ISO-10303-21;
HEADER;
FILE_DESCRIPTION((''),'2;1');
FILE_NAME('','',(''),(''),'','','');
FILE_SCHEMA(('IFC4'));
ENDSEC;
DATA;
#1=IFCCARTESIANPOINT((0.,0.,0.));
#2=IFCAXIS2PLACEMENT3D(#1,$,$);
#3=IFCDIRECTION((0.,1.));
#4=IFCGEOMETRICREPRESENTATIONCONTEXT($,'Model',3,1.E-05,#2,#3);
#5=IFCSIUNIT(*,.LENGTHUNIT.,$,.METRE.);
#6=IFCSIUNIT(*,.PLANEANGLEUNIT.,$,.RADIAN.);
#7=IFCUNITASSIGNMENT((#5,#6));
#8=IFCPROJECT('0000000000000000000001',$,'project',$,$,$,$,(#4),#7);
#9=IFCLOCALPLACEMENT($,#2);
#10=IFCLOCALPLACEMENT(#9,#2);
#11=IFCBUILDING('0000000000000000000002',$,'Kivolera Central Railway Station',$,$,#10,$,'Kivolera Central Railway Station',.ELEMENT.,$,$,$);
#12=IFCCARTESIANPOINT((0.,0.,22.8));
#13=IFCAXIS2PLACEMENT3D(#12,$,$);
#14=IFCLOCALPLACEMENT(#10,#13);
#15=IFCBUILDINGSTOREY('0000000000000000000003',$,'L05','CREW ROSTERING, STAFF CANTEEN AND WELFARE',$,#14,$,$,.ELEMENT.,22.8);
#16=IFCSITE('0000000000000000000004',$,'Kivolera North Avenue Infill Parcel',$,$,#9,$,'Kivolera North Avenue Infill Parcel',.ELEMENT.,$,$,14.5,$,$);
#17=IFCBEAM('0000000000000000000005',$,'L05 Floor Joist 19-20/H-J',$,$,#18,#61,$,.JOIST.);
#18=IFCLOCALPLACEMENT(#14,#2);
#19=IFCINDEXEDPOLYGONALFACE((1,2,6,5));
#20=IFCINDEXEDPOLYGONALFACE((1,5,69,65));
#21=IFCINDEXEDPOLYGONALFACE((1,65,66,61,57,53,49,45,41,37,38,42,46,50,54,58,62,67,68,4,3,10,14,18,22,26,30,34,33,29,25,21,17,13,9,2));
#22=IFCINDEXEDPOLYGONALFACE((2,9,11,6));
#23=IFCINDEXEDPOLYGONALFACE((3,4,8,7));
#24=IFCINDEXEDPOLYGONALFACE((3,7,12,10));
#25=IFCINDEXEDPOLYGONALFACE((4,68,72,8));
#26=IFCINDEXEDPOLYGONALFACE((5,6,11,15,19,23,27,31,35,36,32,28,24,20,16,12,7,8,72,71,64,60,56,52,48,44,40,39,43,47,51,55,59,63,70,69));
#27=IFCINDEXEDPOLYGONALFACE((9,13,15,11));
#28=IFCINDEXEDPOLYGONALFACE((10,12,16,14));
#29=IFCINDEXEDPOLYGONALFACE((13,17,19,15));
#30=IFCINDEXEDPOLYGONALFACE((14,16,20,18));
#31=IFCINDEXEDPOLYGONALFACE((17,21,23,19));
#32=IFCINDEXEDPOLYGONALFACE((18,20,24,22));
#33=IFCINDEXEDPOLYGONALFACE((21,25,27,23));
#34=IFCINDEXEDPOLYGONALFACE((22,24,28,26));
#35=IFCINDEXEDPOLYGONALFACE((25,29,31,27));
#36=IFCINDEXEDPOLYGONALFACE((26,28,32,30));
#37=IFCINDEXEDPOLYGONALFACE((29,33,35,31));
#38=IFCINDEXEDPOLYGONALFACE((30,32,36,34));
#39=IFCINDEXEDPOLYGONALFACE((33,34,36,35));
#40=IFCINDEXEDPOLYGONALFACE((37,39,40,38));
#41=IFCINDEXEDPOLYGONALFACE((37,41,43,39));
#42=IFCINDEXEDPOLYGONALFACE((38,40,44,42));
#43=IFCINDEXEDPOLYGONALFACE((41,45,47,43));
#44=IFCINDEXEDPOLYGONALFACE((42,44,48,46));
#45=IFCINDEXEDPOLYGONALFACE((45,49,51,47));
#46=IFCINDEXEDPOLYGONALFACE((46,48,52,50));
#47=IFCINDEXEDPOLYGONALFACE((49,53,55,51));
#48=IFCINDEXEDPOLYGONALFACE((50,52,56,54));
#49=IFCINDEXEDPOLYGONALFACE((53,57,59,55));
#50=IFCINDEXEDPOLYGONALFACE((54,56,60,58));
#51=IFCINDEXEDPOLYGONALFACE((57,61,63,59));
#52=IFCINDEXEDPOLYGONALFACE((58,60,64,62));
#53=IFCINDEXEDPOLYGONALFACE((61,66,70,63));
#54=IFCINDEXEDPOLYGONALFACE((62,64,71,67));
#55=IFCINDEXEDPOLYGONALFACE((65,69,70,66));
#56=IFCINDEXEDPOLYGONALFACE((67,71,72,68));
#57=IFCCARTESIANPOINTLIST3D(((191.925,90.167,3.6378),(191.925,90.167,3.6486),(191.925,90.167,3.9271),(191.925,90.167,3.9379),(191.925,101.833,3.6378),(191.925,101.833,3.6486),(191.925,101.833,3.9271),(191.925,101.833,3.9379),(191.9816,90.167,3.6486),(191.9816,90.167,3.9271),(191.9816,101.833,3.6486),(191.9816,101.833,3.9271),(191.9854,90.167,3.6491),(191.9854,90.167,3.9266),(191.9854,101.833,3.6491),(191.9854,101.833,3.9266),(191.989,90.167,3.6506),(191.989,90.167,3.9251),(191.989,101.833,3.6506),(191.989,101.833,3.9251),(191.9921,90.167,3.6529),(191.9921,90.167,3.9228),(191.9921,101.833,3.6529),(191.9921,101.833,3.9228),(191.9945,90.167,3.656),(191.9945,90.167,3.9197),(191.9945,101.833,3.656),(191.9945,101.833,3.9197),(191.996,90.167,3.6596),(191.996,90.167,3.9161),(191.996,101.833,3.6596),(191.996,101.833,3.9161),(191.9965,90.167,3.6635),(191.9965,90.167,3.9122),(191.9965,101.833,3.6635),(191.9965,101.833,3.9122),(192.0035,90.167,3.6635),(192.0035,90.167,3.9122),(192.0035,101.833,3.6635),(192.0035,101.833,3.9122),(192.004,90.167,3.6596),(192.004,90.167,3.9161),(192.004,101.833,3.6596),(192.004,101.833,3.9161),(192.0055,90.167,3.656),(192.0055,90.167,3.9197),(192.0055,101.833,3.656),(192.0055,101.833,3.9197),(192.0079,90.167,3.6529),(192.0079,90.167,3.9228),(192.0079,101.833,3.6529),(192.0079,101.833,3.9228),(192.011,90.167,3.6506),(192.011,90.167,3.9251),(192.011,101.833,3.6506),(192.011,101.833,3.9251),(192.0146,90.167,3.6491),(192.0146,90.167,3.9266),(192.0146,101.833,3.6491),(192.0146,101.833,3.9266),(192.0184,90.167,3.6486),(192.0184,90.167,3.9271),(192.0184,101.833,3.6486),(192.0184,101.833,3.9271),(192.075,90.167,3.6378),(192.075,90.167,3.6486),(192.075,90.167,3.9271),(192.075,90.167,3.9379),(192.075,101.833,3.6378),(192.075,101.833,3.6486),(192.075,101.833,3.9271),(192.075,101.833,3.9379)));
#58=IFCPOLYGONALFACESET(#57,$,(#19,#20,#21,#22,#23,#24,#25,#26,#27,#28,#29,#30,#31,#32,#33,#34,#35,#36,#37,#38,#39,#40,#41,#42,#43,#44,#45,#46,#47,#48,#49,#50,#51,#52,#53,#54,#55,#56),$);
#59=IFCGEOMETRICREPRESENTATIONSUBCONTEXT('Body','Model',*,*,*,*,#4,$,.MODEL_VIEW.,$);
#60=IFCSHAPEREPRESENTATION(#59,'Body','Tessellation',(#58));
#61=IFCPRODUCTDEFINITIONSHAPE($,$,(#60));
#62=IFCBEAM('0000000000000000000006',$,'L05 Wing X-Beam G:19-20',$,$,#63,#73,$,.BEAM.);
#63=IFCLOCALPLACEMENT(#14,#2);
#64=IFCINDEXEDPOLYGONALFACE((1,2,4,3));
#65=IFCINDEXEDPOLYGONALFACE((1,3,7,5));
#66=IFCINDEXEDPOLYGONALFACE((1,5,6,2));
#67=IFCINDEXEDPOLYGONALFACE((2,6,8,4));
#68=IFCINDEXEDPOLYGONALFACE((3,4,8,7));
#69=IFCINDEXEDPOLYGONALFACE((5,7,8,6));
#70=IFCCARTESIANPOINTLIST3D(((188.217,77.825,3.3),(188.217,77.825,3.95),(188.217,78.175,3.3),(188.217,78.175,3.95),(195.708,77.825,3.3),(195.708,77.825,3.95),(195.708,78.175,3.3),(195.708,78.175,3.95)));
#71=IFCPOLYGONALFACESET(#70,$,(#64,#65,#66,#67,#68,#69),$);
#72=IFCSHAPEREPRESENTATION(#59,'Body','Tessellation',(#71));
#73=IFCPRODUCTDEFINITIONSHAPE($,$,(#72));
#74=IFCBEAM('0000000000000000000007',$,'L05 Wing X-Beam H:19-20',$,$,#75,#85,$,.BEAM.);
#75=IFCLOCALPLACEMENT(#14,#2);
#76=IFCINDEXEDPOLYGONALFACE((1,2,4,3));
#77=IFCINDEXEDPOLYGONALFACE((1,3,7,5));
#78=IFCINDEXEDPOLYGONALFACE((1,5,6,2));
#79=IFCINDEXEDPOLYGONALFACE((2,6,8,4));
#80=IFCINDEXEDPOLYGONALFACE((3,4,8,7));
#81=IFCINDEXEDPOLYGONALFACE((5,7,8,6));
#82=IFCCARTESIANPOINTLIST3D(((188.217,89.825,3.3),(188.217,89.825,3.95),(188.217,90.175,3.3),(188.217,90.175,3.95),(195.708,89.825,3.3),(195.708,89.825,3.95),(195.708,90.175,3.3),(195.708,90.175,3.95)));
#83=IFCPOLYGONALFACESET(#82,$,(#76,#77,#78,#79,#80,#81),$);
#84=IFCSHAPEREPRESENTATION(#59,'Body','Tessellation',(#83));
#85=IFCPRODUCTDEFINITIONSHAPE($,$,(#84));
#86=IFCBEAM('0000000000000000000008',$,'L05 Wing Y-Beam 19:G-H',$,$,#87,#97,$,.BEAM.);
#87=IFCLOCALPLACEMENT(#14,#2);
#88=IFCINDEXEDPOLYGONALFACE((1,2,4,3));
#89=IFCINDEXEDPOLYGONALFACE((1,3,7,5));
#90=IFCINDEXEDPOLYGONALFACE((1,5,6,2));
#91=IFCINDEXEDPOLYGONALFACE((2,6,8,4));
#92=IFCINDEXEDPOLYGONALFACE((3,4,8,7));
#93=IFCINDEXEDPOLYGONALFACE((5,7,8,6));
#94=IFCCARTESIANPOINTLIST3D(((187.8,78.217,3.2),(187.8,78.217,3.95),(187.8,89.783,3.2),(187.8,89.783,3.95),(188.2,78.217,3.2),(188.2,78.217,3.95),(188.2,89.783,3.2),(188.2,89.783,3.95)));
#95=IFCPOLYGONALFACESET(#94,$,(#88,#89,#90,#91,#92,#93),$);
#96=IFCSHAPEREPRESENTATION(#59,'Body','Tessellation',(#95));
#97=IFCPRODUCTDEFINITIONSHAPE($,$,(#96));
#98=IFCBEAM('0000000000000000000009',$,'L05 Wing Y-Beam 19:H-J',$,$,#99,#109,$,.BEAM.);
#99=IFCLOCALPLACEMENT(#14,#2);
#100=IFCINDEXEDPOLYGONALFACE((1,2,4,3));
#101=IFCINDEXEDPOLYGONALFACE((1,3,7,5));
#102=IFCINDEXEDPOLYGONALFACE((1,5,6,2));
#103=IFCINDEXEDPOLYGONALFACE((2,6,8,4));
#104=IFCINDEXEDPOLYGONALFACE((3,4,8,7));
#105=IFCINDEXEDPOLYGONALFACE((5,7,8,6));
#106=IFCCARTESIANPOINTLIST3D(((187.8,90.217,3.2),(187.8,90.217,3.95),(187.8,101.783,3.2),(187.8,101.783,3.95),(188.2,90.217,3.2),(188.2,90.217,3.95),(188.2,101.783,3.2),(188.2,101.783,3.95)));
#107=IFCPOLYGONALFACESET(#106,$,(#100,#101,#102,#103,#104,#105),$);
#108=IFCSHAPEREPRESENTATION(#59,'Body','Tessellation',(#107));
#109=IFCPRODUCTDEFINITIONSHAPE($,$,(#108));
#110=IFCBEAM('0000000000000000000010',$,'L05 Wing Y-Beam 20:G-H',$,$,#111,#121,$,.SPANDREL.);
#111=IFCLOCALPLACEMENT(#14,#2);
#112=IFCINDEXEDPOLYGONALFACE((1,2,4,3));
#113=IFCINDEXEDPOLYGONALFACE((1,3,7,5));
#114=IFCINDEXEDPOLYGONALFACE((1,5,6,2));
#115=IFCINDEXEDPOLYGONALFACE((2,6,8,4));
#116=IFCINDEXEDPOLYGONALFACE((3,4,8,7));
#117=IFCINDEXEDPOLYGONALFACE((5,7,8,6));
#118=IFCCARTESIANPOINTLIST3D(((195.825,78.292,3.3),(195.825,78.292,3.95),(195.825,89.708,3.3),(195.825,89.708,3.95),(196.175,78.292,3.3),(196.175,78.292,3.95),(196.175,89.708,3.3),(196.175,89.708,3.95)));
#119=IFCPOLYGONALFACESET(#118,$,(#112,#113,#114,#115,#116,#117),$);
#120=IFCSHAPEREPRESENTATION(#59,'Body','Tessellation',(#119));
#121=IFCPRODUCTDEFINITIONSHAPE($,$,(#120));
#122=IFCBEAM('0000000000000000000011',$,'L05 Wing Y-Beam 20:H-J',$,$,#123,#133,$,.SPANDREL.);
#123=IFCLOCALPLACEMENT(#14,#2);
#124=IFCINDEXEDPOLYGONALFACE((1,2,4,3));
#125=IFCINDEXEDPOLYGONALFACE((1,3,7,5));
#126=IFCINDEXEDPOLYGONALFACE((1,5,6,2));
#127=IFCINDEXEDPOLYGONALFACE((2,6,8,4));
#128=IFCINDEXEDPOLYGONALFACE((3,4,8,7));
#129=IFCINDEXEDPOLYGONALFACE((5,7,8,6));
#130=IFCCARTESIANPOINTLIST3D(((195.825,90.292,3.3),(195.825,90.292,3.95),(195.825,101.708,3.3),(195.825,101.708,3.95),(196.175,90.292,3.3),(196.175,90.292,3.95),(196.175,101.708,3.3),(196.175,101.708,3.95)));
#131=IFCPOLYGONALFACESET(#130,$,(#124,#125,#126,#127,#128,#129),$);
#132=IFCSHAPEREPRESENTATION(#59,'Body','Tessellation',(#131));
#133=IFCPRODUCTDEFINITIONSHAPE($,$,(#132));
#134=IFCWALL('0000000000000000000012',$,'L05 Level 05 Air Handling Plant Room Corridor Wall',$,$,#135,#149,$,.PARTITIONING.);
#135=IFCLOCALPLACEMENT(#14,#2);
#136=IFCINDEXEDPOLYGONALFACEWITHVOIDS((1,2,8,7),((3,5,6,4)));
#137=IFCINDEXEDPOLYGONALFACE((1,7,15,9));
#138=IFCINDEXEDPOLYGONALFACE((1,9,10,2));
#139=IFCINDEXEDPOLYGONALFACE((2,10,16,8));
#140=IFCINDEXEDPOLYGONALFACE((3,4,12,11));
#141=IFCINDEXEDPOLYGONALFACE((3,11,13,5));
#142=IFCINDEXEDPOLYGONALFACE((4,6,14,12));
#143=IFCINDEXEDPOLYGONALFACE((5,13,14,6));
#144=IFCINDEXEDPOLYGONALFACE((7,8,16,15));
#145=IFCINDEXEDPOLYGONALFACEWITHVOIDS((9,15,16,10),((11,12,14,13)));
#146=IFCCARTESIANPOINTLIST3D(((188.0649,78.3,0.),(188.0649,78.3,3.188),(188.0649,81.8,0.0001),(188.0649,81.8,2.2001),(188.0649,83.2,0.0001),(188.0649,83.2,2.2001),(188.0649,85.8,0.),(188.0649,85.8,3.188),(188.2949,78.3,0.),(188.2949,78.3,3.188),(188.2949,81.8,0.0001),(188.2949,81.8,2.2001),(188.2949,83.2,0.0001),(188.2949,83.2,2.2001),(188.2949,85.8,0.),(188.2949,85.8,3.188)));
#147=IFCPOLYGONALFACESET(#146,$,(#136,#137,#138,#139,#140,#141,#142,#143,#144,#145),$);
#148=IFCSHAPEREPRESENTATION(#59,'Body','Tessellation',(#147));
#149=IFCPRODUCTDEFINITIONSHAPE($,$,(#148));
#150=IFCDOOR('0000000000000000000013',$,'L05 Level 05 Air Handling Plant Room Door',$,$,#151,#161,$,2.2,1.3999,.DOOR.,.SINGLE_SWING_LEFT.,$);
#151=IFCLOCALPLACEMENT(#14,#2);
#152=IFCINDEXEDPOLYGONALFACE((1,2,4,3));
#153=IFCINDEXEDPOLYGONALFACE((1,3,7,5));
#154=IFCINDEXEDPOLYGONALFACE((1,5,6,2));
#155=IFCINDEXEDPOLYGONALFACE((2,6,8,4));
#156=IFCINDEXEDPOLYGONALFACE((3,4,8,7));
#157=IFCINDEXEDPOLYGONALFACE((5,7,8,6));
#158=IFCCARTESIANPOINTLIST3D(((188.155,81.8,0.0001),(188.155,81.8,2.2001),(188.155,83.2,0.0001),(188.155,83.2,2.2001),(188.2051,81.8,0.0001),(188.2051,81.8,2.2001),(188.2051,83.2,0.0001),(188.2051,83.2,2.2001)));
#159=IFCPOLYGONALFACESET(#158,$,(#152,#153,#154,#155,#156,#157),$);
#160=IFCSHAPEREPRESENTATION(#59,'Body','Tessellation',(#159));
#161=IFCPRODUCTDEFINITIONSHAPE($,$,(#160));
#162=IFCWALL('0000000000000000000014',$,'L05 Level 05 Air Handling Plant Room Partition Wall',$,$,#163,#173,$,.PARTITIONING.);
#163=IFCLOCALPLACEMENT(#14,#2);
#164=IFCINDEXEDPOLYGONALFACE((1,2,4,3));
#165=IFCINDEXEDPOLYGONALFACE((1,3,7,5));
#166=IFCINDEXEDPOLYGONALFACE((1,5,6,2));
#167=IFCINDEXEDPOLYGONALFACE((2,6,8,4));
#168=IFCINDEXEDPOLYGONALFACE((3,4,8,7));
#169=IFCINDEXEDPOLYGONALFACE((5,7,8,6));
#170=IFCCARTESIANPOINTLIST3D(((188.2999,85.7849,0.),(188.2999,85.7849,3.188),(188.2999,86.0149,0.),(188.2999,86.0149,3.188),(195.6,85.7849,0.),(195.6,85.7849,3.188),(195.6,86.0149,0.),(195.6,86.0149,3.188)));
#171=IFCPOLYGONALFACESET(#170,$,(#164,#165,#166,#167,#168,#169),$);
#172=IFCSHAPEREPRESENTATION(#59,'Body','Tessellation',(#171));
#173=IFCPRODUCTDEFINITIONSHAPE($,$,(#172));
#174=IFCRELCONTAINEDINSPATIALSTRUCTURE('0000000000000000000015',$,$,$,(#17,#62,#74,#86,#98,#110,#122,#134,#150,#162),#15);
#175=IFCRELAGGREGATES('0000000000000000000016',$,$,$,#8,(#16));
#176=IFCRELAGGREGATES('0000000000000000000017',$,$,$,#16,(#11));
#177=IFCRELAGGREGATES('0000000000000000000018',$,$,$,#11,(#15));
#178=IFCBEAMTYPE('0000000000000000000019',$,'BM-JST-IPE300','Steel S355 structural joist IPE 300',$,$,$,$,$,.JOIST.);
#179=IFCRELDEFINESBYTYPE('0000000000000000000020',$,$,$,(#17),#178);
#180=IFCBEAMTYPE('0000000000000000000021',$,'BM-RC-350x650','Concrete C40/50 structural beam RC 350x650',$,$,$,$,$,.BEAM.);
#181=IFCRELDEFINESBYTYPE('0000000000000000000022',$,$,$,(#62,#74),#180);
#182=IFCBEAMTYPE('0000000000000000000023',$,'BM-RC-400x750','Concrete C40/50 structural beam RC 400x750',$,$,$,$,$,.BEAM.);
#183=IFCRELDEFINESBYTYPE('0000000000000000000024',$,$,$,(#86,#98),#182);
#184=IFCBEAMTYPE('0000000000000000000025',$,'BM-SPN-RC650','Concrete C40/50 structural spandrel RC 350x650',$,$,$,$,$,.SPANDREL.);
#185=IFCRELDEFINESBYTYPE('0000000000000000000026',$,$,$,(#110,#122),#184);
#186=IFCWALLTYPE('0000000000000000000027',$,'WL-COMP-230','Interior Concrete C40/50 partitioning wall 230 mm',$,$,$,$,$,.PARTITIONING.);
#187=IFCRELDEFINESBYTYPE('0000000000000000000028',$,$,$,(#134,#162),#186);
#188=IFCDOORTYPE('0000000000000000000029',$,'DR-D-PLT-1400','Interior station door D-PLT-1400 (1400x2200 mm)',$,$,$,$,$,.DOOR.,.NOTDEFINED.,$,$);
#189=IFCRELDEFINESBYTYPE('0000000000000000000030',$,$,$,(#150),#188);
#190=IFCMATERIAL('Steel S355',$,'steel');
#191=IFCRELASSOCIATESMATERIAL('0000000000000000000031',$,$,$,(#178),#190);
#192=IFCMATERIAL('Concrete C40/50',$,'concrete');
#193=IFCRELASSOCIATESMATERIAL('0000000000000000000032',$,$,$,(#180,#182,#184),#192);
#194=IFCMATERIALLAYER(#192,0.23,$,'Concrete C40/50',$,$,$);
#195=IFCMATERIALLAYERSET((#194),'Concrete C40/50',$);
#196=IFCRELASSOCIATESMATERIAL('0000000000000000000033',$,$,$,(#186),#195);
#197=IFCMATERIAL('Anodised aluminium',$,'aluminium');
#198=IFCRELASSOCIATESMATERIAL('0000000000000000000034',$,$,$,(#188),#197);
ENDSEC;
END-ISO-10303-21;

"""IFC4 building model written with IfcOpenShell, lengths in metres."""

from ifc_helpers import new_model, si_unit, direction, frame, frame_2d, origin, origin_2d, place, context, subcontext, project, spatial, rectangle, i_section, extrude, material, layer, layer_set, material_profile, profile_set, type_object, element, fill, save


model = new_model("IFC4")

# Units and contexts
model_context = context("Model", 3, precision=1e-05, world=origin(), true_north=direction((0.0, 1.0)))
body_context = subcontext(model_context, "Body", "Model", "MODEL_VIEW")
ifc_project = project(units=[si_unit("LENGTHUNIT", "METRE"), si_unit("PLANEANGLEUNIT", "RADIAN")], contexts=[model_context])

# Site, building, storey
site_placement = place(None, origin())
site = spatial("IfcSite", under=ifc_project, at=site_placement, Name="Kivolera North Avenue Infill Parcel", LongName="Kivolera North Avenue Infill Parcel", CompositionType="ELEMENT", RefElevation=14.5)
building_placement = place(site_placement, origin())
building = spatial("IfcBuilding", under=site, at=building_placement, Name="Kivolera Central Railway Station", LongName="Kivolera Central Railway Station", CompositionType="ELEMENT")
storey_placement = place(building_placement, frame((0.0, 0.0, 22.8)))
storey = spatial("IfcBuildingStorey", under=building, at=storey_placement, Name="L05", Description="CREW ROSTERING, STAFF CANTEEN AND WELFARE", CompositionType="ELEMENT", Elevation=22.8)

# Shared definitions
ifc_material_1 = material(Name="Concrete C40/50", Category="concrete")

# Beams
ifc_material_2 = material(Name="Steel S355", Category="steel")
ifc_material_profile_1 = material_profile(ifc_material_2, i_section(OverallWidth=0.1499, OverallDepth=0.3, WebThickness=0.0071, FlangeThickness=0.0107, FilletRadius=0.0149, at=origin_2d()), Name="IPE 300")
ifc_profile_set_1 = profile_set([ifc_material_profile_1], Name="Steel S355")
beam_type_1 = type_object("IfcBeamType", Name="BM-JST-IPE300", Description="Steel S355 structural joist IPE 300", PredefinedType="JOIST", material=ifc_profile_set_1)
for number, where, z_axis, x_axis, name in (
    (1, (192.0, 90.167, 3.7878), (0.0, 1.0, 0.0), (-1.0, 0.0, 0.0), "L05 Floor Joist 19-20/H-J"),
):
    element("IfcBeam", number, at=place(storey_placement, frame(where, z_axis=z_axis, x_axis=x_axis)), inside=storey, type_object=beam_type_1, Name=name, PredefinedType="JOIST", context=body_context, shape_type="SweptSolid", body=[
        extrude(i_section(OverallWidth=0.1499, OverallDepth=0.3, WebThickness=0.0071, FlangeThickness=0.0107, FilletRadius=0.0149, at=origin_2d()), origin(), (0.0, 0.0, 1.0), 11.666),
    ])
ifc_material_profile_2 = material_profile(ifc_material_1, rectangle(XDim=0.3501, YDim=0.6499, at=origin_2d()), Name="RC 350x650")
ifc_profile_set_2 = profile_set([ifc_material_profile_2], Name="Concrete C40/50")
beam_type_2 = type_object("IfcBeamType", Name="BM-RC-350x650", Description="Concrete C40/50 structural beam RC 350x650", PredefinedType="BEAM", material=ifc_profile_set_2)
for number, where, z_axis, x_axis, name in (
    (2, (188.217, 78.0, 3.625), (1.0, 0.0, 0.0), (0.0, 1.0, 0.0), "L05 Wing X-Beam G:19-20"),
    (3, (188.217, 90.0, 3.625), (1.0, 0.0, 0.0), (0.0, 1.0, 0.0), "L05 Wing X-Beam H:19-20"),
):
    element("IfcBeam", number, at=place(storey_placement, frame(where, z_axis=z_axis, x_axis=x_axis)), inside=storey, type_object=beam_type_2, Name=name, PredefinedType="BEAM", context=body_context, shape_type="SweptSolid", body=[
        extrude(rectangle(XDim=0.3501, YDim=0.6499, at=origin_2d()), origin(), (0.0, 0.0, 1.0), 7.491),
    ])
ifc_material_profile_3 = material_profile(ifc_material_1, rectangle(XDim=0.3999, YDim=0.75, at=origin_2d()), Name="RC 400x750")
ifc_profile_set_3 = profile_set([ifc_material_profile_3], Name="Concrete C40/50")
beam_type_3 = type_object("IfcBeamType", Name="BM-RC-400x750", Description="Concrete C40/50 structural beam RC 400x750", PredefinedType="BEAM", material=ifc_profile_set_3)
for number, where, z_axis, x_axis, name in (
    (4, (188.0, 78.217, 3.575), (0.0, 1.0, 0.0), (-1.0, 0.0, 0.0), "L05 Wing Y-Beam 19:G-H"),
    (5, (188.0, 90.217, 3.575), (0.0, 1.0, 0.0), (-1.0, 0.0, 0.0), "L05 Wing Y-Beam 19:H-J"),
):
    element("IfcBeam", number, at=place(storey_placement, frame(where, z_axis=z_axis, x_axis=x_axis)), inside=storey, type_object=beam_type_3, Name=name, PredefinedType="BEAM", context=body_context, shape_type="SweptSolid", body=[
        extrude(rectangle(XDim=0.3999, YDim=0.75, at=origin_2d()), origin(), (0.0, 0.0, 1.0), 11.5659),
    ])
ifc_material_profile_4 = material_profile(ifc_material_1, rectangle(XDim=0.3501, YDim=0.6499, at=origin_2d()), Name="RC 350x650")
ifc_profile_set_4 = profile_set([ifc_material_profile_4], Name="Concrete C40/50")
beam_type_4 = type_object("IfcBeamType", Name="BM-SPN-RC650", Description="Concrete C40/50 structural spandrel RC 350x650", PredefinedType="SPANDREL", material=ifc_profile_set_4)
for number, where, z_axis, x_axis, name in (
    (6, (196.0, 78.292, 3.625), (0.0, 1.0, 0.0), (-1.0, 0.0, 0.0), "L05 Wing Y-Beam 20:G-H"),
    (7, (196.0, 90.292, 3.625), (0.0, 1.0, 0.0), (-1.0, 0.0, 0.0), "L05 Wing Y-Beam 20:H-J"),
):
    element("IfcBeam", number, at=place(storey_placement, frame(where, z_axis=z_axis, x_axis=x_axis)), inside=storey, type_object=beam_type_4, Name=name, PredefinedType="SPANDREL", context=body_context, shape_type="SweptSolid", body=[
        extrude(rectangle(XDim=0.3501, YDim=0.6499, at=origin_2d()), origin(), (0.0, 0.0, 1.0), 11.416),
    ])

# Wall, opening, door
ifc_layer_1 = layer(ifc_material_1, 0.23, Name="Concrete C40/50")
ifc_layer_set_1 = layer_set([ifc_layer_1], Name="Concrete C40/50")
wall_type_1 = type_object("IfcWallType", Name="WL-COMP-230", Description="Interior Concrete C40/50 partitioning wall 230 mm", PredefinedType="PARTITIONING", material=ifc_layer_set_1)
wall_1_placement = place(storey_placement, frame((188.1799, 78.3, 0.0), z_axis=(0.0, 0.0, 1.0), x_axis=(0.0, 1.0, 0.0)))
wall_1 = element("IfcWall", 8, at=wall_1_placement, inside=storey, type_object=wall_type_1, Name="L05 Level 05 Air Handling Plant Room Corridor Wall", PredefinedType="PARTITIONING", context=body_context, shape_type="SweptSolid", body=[
    extrude(rectangle(XDim=7.5, YDim=0.23, at=frame_2d((3.75, 0.0))), origin(), (0.0, 0.0, 1.0), 3.188),
])
opening_1_placement = place(wall_1_placement, frame((3.5, 0.0, 0.0)))
opening_1 = element("IfcOpeningElement", 9, at=opening_1_placement, cuts=wall_1, PredefinedType="OPENING", context=body_context, shape_type="SweptSolid", body=[
    extrude(rectangle(XDim=1.3999, YDim=2.2, at=frame_2d((0.7, 1.1001))), frame((0.0, 0.125, 0.0), z_axis=(0.0, -1.0, 0.0), x_axis=(1.0, 0.0, 0.0)), (0.0, 0.0, 1.0), 0.25),
])
ifc_material_3 = material(Name="Anodised aluminium", Category="aluminium")
door_type_1 = type_object("IfcDoorType", Name="DR-D-PLT-1400", Description="Interior station door D-PLT-1400 (1400x2200 mm)", OperationType="NOTDEFINED", PredefinedType="DOOR", material=ifc_material_3)
door_1_placement = place(opening_1_placement, origin())
door_1 = element("IfcDoor", 10, at=door_1_placement, inside=storey, type_object=door_type_1, Name="L05 Level 05 Air Handling Plant Room Door", OperationType="SINGLE_SWING_LEFT", OverallHeight=2.2, OverallWidth=1.3999, PredefinedType="DOOR", context=body_context, shape_type="SweptSolid", body=[
    extrude(rectangle(XDim=1.3999, YDim=2.2, at=frame_2d((0.7, 1.1001))), frame((0.0, 0.0249, 0.0), z_axis=(0.0, -1.0, 0.0), x_axis=(1.0, 0.0, 0.0)), (0.0, 0.0, 1.0), 0.05),
])
fill(opening_1, door_1)

# Wall
wall_2_placement = place(storey_placement, frame((188.3, 85.8999, 0.0), z_axis=(0.0, 0.0, 1.0), x_axis=(1.0, 0.0, 0.0)))
element("IfcWall", 11, at=wall_2_placement, inside=storey, type_object=wall_type_1, Name="L05 Level 05 Air Handling Plant Room Partition Wall", PredefinedType="PARTITIONING", context=body_context, shape_type="SweptSolid", body=[
    extrude(rectangle(XDim=7.3, YDim=0.23, at=frame_2d((3.6499, 0.0))), origin(), (0.0, 0.0, 1.0), 3.188),
])

save(model, "model.ifc")
